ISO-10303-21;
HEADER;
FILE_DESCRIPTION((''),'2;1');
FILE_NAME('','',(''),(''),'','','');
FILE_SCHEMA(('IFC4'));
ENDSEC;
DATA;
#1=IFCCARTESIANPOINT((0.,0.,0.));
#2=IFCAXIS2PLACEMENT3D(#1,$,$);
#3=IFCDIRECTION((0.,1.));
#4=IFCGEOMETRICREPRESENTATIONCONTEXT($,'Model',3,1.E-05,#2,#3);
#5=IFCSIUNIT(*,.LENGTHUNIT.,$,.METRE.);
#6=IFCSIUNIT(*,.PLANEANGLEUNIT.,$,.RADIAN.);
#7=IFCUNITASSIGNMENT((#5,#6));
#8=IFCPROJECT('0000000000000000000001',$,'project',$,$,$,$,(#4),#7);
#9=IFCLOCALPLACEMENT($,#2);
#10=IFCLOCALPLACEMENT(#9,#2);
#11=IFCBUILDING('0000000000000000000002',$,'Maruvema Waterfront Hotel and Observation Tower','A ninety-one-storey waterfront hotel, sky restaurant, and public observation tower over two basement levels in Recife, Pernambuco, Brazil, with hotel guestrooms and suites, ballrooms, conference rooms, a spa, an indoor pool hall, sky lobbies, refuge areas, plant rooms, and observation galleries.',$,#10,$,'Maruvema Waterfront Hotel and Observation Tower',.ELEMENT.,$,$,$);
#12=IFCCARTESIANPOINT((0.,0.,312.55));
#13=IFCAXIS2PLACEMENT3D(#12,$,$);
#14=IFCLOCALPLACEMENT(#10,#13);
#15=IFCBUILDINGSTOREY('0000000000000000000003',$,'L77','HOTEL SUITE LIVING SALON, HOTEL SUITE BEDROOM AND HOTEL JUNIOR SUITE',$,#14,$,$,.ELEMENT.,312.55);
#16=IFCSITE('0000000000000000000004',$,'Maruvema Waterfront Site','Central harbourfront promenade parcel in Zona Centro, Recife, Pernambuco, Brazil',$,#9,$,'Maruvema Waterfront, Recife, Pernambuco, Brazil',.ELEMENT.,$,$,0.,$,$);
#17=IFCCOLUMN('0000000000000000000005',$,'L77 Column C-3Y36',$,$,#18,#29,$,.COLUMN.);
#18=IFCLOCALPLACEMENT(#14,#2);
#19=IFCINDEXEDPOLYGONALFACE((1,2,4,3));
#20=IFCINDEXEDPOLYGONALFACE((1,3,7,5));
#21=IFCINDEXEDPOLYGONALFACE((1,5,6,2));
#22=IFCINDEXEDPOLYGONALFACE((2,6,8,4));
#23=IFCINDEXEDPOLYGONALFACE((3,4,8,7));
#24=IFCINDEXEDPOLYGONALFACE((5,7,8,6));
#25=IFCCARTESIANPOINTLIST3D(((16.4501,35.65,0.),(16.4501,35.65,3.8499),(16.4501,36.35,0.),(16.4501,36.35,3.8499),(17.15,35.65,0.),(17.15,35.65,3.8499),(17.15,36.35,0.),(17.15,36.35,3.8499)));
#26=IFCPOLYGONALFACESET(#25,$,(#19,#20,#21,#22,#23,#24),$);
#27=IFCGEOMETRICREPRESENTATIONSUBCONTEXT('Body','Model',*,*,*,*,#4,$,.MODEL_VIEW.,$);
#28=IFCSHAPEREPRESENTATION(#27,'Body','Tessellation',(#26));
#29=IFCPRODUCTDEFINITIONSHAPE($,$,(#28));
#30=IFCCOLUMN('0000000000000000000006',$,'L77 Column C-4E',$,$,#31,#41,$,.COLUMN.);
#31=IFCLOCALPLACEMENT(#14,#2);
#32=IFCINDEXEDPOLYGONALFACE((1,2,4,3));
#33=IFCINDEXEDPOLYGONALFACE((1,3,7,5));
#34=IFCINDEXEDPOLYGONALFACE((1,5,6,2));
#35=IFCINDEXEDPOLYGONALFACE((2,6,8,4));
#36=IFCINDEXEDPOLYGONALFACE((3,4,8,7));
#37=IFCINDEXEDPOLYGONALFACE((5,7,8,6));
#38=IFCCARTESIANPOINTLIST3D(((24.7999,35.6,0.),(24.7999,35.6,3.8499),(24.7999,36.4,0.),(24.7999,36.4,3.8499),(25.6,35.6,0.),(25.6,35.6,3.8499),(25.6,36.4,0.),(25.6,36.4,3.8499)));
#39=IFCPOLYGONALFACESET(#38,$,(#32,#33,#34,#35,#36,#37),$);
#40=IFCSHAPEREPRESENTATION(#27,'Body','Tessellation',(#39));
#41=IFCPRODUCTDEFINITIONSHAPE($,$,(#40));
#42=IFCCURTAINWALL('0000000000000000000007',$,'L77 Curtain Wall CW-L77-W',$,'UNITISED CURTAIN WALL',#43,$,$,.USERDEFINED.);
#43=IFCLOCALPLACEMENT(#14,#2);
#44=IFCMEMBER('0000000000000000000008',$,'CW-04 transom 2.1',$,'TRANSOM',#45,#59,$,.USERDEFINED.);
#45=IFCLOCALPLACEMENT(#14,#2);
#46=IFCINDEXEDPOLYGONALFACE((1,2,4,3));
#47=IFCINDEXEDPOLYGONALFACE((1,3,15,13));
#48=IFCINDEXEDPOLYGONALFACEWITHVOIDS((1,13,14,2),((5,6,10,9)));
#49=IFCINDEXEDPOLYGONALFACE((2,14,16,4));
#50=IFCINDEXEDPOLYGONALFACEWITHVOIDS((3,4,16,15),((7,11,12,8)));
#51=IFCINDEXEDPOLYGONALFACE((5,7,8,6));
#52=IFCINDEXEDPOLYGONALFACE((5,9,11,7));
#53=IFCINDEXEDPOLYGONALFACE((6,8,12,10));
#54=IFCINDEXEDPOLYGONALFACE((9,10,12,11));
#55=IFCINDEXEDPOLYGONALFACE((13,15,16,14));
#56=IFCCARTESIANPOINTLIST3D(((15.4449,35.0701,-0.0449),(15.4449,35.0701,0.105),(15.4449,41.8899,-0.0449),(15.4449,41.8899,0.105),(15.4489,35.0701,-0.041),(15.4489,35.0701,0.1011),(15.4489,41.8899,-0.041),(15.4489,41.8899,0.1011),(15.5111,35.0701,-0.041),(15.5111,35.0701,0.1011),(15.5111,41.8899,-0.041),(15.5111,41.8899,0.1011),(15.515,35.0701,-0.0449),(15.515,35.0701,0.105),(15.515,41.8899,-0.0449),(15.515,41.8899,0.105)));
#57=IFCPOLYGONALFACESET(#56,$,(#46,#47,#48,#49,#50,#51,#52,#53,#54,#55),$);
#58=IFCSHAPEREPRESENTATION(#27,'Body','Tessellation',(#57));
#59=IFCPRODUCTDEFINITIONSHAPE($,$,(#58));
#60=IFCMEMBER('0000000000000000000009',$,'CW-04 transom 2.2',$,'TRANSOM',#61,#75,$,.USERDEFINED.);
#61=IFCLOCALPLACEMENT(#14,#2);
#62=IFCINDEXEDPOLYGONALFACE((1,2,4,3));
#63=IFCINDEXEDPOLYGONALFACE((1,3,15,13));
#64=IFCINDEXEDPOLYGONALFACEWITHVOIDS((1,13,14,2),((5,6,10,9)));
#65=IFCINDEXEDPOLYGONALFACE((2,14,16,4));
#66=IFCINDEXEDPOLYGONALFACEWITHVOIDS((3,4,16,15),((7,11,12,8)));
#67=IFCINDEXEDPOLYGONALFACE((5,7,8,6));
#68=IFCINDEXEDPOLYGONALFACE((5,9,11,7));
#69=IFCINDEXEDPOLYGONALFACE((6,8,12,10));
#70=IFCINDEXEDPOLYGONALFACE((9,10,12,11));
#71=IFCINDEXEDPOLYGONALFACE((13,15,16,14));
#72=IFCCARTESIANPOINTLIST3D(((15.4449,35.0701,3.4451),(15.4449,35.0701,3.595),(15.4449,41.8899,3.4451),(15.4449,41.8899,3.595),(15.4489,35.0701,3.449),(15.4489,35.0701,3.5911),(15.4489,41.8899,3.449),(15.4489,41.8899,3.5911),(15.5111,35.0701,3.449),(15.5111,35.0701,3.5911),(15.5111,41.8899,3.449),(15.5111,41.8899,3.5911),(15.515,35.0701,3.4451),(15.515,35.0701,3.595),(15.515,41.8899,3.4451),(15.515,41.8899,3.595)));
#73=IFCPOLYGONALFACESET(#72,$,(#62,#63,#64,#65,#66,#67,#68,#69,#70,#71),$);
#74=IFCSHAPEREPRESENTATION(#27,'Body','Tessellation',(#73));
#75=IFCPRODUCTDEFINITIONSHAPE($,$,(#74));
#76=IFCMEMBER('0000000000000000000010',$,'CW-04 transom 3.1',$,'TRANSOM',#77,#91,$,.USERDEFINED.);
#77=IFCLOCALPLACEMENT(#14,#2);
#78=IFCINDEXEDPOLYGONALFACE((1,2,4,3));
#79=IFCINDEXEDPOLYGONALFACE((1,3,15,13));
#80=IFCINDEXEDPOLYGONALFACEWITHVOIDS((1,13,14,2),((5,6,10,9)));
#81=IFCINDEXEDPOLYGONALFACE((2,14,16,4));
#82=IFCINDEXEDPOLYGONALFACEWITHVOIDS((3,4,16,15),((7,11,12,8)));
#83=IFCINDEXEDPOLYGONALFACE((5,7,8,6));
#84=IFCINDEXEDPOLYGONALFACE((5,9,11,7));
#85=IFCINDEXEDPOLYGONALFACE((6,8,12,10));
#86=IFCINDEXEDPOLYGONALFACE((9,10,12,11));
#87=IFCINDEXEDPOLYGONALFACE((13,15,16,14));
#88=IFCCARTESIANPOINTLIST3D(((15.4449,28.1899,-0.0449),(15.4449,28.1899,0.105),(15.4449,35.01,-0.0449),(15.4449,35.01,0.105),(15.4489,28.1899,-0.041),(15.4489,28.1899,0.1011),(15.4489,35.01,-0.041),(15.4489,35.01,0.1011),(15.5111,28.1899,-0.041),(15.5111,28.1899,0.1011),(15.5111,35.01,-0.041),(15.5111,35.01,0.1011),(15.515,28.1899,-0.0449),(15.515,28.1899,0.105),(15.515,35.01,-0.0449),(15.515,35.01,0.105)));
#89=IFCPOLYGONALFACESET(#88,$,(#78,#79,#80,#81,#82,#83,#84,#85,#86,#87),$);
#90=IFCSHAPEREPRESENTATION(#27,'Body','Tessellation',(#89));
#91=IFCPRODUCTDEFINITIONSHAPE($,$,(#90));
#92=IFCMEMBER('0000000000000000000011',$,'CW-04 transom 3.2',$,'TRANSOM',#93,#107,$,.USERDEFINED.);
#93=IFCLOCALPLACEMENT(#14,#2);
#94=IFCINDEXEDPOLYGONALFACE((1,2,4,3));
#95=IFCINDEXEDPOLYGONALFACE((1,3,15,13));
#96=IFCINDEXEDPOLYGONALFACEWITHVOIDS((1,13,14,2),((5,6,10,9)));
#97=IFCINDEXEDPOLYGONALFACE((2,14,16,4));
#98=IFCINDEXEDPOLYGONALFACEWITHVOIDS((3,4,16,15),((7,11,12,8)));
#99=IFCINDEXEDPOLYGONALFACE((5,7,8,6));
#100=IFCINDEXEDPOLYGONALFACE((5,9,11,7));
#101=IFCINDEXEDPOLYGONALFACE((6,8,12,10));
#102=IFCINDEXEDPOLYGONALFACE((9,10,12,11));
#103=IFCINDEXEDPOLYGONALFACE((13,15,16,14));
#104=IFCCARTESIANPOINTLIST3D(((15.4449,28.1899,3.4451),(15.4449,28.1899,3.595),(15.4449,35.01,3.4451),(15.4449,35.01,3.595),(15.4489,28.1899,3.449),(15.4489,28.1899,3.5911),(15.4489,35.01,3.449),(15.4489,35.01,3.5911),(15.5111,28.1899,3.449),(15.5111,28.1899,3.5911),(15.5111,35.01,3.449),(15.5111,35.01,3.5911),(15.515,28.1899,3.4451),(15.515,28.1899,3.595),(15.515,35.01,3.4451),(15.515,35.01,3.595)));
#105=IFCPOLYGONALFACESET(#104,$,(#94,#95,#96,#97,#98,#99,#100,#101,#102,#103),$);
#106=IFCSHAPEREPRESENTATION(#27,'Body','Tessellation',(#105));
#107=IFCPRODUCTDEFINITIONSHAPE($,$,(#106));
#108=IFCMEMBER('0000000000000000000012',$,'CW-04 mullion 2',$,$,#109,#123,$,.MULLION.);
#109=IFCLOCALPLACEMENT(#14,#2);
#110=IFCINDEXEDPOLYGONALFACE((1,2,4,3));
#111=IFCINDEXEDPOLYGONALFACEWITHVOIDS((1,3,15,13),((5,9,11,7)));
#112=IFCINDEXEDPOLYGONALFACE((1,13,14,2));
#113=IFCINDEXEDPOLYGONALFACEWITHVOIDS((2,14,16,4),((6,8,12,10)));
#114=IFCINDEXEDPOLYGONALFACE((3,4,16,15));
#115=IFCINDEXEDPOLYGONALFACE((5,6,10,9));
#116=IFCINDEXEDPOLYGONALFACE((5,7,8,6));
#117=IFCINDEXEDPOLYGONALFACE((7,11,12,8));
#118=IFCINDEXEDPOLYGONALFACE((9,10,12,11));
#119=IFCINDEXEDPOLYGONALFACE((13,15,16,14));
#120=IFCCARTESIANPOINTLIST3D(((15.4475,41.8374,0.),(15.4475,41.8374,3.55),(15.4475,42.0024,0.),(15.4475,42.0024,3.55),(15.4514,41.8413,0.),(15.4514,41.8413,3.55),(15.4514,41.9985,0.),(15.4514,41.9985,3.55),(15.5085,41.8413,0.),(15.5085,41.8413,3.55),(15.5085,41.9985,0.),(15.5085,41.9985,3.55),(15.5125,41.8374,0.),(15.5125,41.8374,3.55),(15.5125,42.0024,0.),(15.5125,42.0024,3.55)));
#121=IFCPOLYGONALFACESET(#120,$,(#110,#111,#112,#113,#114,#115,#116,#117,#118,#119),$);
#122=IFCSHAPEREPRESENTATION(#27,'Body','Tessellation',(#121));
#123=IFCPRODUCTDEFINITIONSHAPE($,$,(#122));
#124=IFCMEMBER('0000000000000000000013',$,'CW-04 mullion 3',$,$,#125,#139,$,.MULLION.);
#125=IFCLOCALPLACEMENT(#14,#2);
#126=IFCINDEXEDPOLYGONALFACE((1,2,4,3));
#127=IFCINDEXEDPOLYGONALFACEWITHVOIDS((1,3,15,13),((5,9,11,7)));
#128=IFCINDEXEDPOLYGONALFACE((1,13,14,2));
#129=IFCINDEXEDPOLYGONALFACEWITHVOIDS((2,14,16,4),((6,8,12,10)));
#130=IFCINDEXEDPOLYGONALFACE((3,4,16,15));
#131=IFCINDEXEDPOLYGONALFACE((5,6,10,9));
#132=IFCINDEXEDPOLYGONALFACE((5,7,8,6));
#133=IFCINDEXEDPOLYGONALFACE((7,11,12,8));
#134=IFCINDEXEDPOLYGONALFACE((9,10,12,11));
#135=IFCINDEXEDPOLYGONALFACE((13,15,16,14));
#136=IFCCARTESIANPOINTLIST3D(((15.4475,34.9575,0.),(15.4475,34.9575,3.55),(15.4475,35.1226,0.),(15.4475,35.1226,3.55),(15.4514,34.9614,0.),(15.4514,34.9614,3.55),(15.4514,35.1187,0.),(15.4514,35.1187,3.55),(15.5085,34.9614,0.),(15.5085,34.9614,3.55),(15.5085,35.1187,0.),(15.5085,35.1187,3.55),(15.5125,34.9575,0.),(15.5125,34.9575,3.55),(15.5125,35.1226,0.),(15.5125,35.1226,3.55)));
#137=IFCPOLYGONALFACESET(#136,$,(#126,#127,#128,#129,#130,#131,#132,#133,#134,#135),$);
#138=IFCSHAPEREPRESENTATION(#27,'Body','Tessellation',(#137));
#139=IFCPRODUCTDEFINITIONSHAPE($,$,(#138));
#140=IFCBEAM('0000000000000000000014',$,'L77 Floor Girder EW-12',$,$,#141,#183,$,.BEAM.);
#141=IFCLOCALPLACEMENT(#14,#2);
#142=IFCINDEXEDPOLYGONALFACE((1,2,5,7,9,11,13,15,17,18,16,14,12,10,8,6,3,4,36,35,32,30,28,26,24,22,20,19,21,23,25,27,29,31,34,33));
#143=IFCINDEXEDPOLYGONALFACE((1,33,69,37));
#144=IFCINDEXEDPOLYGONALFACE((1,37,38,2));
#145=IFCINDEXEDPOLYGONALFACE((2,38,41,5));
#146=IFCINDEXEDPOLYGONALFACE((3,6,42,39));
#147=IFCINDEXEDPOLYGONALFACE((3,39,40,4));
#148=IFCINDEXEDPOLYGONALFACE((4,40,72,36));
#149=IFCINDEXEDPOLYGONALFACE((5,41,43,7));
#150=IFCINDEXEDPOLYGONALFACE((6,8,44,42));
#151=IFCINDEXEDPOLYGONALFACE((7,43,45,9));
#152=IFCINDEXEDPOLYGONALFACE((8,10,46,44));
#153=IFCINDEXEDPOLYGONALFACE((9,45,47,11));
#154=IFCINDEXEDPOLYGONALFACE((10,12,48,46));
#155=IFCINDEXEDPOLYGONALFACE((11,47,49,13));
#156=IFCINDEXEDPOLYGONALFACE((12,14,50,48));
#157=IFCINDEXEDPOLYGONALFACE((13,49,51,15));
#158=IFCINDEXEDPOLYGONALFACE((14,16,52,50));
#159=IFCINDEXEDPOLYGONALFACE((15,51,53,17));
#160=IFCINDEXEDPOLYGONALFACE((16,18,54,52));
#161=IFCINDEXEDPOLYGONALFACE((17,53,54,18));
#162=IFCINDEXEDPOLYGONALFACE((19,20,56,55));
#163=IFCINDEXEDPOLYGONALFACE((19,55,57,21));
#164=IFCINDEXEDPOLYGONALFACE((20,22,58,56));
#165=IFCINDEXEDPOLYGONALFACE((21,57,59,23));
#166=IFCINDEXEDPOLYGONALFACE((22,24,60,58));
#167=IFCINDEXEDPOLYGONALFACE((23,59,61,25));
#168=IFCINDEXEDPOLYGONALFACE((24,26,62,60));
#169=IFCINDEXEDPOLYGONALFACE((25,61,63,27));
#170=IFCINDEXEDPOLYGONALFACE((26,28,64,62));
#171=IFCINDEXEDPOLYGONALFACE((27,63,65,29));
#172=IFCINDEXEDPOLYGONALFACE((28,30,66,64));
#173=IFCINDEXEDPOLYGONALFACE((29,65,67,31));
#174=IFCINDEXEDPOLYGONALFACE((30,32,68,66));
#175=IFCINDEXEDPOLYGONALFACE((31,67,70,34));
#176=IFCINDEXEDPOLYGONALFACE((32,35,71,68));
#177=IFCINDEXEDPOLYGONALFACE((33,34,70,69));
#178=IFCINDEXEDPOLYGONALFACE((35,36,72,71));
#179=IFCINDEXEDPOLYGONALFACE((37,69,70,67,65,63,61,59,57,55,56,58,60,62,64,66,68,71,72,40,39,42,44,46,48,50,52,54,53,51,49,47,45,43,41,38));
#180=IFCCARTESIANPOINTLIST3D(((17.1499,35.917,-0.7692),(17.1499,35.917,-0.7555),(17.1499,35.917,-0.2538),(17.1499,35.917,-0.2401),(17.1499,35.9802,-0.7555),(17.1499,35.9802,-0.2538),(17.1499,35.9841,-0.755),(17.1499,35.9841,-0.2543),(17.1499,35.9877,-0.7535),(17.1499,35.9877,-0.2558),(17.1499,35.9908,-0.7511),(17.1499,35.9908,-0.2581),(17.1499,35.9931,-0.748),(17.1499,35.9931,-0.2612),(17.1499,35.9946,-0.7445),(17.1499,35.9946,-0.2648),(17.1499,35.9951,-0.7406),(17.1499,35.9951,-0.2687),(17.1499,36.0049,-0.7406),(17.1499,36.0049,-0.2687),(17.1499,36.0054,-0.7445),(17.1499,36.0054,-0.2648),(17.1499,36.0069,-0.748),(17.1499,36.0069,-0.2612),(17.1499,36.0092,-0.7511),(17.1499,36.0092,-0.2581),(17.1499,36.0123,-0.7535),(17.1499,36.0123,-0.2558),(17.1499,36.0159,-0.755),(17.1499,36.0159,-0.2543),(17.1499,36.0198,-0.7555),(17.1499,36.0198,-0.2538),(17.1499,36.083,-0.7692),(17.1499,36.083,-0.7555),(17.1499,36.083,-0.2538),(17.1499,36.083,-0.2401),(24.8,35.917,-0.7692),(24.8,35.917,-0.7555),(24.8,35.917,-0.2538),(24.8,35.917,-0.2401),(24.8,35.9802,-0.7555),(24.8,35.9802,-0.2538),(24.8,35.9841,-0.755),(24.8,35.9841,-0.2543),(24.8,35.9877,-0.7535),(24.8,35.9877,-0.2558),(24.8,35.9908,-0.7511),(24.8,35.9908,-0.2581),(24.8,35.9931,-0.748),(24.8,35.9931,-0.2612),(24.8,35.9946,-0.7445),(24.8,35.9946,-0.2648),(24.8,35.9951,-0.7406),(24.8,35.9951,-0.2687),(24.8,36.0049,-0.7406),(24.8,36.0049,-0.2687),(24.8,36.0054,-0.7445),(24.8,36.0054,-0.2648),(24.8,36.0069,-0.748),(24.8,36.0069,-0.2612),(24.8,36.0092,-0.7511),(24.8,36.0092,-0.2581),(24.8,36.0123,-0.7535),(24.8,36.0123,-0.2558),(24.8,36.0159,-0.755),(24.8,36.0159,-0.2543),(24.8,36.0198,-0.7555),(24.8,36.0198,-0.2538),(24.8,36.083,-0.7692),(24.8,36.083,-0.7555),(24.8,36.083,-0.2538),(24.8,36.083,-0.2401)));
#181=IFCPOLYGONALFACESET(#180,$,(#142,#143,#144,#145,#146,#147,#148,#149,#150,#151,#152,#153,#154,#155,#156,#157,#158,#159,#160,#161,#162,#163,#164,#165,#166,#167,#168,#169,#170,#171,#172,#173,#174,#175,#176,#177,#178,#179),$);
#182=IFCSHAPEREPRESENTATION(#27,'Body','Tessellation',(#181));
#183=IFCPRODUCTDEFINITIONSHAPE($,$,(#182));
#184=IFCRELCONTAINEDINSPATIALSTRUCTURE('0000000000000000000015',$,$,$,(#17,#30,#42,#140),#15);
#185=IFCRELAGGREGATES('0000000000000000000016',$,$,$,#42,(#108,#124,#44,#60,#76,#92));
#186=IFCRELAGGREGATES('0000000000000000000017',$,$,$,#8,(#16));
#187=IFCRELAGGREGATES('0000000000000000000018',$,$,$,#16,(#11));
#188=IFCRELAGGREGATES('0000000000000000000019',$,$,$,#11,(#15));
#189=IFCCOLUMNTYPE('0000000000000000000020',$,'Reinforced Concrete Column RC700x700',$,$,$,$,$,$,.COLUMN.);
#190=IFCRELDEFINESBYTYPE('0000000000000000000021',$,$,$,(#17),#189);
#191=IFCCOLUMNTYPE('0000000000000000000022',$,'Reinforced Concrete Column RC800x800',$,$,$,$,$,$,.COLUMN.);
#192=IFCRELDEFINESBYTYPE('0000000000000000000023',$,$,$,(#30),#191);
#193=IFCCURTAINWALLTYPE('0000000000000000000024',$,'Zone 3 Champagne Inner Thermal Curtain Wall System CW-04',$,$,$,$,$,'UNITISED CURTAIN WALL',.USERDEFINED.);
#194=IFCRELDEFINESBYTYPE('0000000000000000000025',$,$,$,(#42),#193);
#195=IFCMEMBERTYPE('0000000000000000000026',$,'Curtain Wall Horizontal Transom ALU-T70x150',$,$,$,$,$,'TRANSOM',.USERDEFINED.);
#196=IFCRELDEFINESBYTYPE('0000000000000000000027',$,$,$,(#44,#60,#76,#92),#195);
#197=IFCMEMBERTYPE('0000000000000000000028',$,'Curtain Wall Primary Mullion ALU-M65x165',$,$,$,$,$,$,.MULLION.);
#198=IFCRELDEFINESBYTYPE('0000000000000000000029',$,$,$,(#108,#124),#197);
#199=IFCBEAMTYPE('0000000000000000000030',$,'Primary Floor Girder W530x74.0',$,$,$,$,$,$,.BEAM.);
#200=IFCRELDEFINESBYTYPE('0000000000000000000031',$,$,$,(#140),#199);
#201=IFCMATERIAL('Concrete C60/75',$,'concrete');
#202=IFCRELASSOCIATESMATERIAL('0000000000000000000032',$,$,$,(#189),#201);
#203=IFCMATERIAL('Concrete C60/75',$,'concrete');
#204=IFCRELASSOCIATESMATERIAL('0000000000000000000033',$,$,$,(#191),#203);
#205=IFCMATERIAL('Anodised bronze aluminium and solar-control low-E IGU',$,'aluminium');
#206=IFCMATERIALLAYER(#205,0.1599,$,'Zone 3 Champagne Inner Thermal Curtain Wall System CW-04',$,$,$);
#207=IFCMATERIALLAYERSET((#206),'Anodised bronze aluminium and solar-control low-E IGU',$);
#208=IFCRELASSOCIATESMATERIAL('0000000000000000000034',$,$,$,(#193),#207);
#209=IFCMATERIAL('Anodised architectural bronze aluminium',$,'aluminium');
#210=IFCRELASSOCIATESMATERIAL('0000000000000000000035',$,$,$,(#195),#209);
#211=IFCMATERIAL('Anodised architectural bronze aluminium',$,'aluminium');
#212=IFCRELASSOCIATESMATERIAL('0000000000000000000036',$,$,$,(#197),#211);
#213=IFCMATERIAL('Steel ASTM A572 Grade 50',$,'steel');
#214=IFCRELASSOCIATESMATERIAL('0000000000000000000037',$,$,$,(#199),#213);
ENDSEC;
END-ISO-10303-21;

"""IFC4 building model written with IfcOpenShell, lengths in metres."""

from ifc_helpers import new_model, si_unit, direction, frame, origin, origin_2d, place, context, subcontext, project, spatial, rectangle, hollow_rectangle, i_section, extrude, material, layer, layer_set, material_profile, profile_set, type_object, element, aggregate, save


model = new_model("IFC4")

# Units and contexts
model_context = context("Model", 3, precision=1e-05, world=origin(), true_north=direction((0.0, 1.0)))
body_context = subcontext(model_context, "Body", "Model", "MODEL_VIEW")
ifc_project = project(units=[si_unit("LENGTHUNIT", "METRE"), si_unit("PLANEANGLEUNIT", "RADIAN")], contexts=[model_context])

# Site, building, storey
site_placement = place(None, origin())
site = spatial("IfcSite", under=ifc_project, at=site_placement, Name="Maruvema Waterfront Site", Description="Central harbourfront promenade parcel in Zona Centro, Recife, Pernambuco, Brazil", LongName="Maruvema Waterfront, Recife, Pernambuco, Brazil", CompositionType="ELEMENT", RefElevation=0.0)
building_placement = place(site_placement, origin())
building = spatial("IfcBuilding", under=site, at=building_placement, Name="Maruvema Waterfront Hotel and Observation Tower", Description="A ninety-one-storey waterfront hotel, sky restaurant, and public observation tower over two basement levels in Recife, Pernambuco, Brazil, with hotel guestrooms and suites, ballrooms, conference rooms, a spa, an indoor pool hall, sky lobbies, refuge areas, plant rooms, and observation galleries.", LongName="Maruvema Waterfront Hotel and Observation Tower", CompositionType="ELEMENT")
storey_placement = place(building_placement, frame((0.0, 0.0, 312.55)))
storey = spatial("IfcBuildingStorey", under=building, at=storey_placement, Name="L77", Description="HOTEL SUITE LIVING SALON, HOTEL SUITE BEDROOM AND HOTEL JUNIOR SUITE", CompositionType="ELEMENT", Elevation=312.55)

# Columns
ifc_material_1 = material(Name="Concrete C60/75", Category="concrete")
ifc_material_profile_1 = material_profile(ifc_material_1, rectangle(XDim=0.7, YDim=0.7, at=origin_2d()), Name="RC700x700")
ifc_profile_set_1 = profile_set([ifc_material_profile_1], Name="Concrete C60/75")
column_type_1 = type_object("IfcColumnType", Name="Reinforced Concrete Column RC700x700", PredefinedType="COLUMN", material=ifc_profile_set_1)
column_1_placement = place(storey_placement, frame((16.8, 36.0, 0.0), z_axis=(0.0, 0.0, 1.0), x_axis=(1.0, 0.0, 0.0)))
element("IfcColumn", 1, at=column_1_placement, inside=storey, type_object=column_type_1, Name="L77 Column C-3Y36", PredefinedType="COLUMN", context=body_context, shape_type="SweptSolid", body=[
    extrude(rectangle(XDim=0.7, YDim=0.7, at=origin_2d()), origin(), (0.0, 0.0, 1.0), 3.8499),
])
ifc_material_2 = material(Name="Concrete C60/75", Category="concrete")
ifc_material_profile_2 = material_profile(ifc_material_2, rectangle(XDim=0.8, YDim=0.8, at=origin_2d()), Name="RC800x800")
ifc_profile_set_2 = profile_set([ifc_material_profile_2], Name="Concrete C60/75")
column_type_2 = type_object("IfcColumnType", Name="Reinforced Concrete Column RC800x800", PredefinedType="COLUMN", material=ifc_profile_set_2)
column_2_placement = place(storey_placement, frame((25.2, 36.0, 0.0), z_axis=(0.0, 0.0, 1.0), x_axis=(1.0, 0.0, 0.0)))
element("IfcColumn", 2, at=column_2_placement, inside=storey, type_object=column_type_2, Name="L77 Column C-4E", PredefinedType="COLUMN", context=body_context, shape_type="SweptSolid", body=[
    extrude(rectangle(XDim=0.8, YDim=0.8, at=origin_2d()), origin(), (0.0, 0.0, 1.0), 3.8499),
])

# Curtain wall, members
ifc_material_3 = material(Name="Anodised bronze aluminium and solar-control low-E IGU", Category="aluminium")
ifc_layer_1 = layer(ifc_material_3, 0.1599, Name="Zone 3 Champagne Inner Thermal Curtain Wall System CW-04")
ifc_layer_set_1 = layer_set([ifc_layer_1], Name="Anodised bronze aluminium and solar-control low-E IGU")
curtain_wall_type = type_object("IfcCurtainWallType", Name="Zone 3 Champagne Inner Thermal Curtain Wall System CW-04", ElementType="UNITISED CURTAIN WALL", PredefinedType="USERDEFINED", material=ifc_layer_set_1)
curtain_wall_placement = place(storey_placement, origin())
curtain_wall = element("IfcCurtainWall", 3, at=curtain_wall_placement, inside=storey, type_object=curtain_wall_type, Name="L77 Curtain Wall CW-L77-W", ObjectType="UNITISED CURTAIN WALL", PredefinedType="USERDEFINED")
ifc_material_4 = material(Name="Anodised architectural bronze aluminium", Category="aluminium")
ifc_material_profile_3 = material_profile(ifc_material_4, hollow_rectangle(XDim=0.0701, YDim=0.1499, WallThickness=0.0039, at=origin_2d()), Name="ALU-T70x150")
ifc_profile_set_3 = profile_set([ifc_material_profile_3], Name="Anodised architectural bronze aluminium")
member_type_1 = type_object("IfcMemberType", Name="Curtain Wall Horizontal Transom ALU-T70x150", ElementType="TRANSOM", PredefinedType="USERDEFINED", material=ifc_profile_set_3)
member_1_placement = place(storey_placement, frame((15.48, 41.8899, 0.03), z_axis=(0.0, -1.0, 0.0), x_axis=(1.0, 0.0, 0.0)))
member_1 = element("IfcMember", 4, at=member_1_placement, type_object=member_type_1, Name="CW-04 transom 2.1", ObjectType="TRANSOM", PredefinedType="USERDEFINED", context=body_context, shape_type="SweptSolid", body=[
    extrude(hollow_rectangle(XDim=0.0701, YDim=0.1499, WallThickness=0.0039, at=origin_2d()), origin(), (0.0, 0.0, 1.0), 6.8198),
])
member_2_placement = place(storey_placement, frame((15.48, 41.8899, 3.52), z_axis=(0.0, -1.0, 0.0), x_axis=(1.0, 0.0, 0.0)))
member_2 = element("IfcMember", 5, at=member_2_placement, type_object=member_type_1, Name="CW-04 transom 2.2", ObjectType="TRANSOM", PredefinedType="USERDEFINED", context=body_context, shape_type="SweptSolid", body=[
    extrude(hollow_rectangle(XDim=0.0701, YDim=0.1499, WallThickness=0.0039, at=origin_2d()), origin(), (0.0, 0.0, 1.0), 6.8198),
])
member_3_placement = place(storey_placement, frame((15.48, 35.01, 0.03), z_axis=(0.0, -1.0, 0.0), x_axis=(1.0, 0.0, 0.0)))
member_3 = element("IfcMember", 6, at=member_3_placement, type_object=member_type_1, Name="CW-04 transom 3.1", ObjectType="TRANSOM", PredefinedType="USERDEFINED", context=body_context, shape_type="SweptSolid", body=[
    extrude(hollow_rectangle(XDim=0.0701, YDim=0.1499, WallThickness=0.0039, at=origin_2d()), origin(), (0.0, 0.0, 1.0), 6.8201),
])
member_4_placement = place(storey_placement, frame((15.48, 35.01, 3.52), z_axis=(0.0, -1.0, 0.0), x_axis=(1.0, 0.0, 0.0)))
member_4 = element("IfcMember", 7, at=member_4_placement, type_object=member_type_1, Name="CW-04 transom 3.2", ObjectType="TRANSOM", PredefinedType="USERDEFINED", context=body_context, shape_type="SweptSolid", body=[
    extrude(hollow_rectangle(XDim=0.0701, YDim=0.1499, WallThickness=0.0039, at=origin_2d()), origin(), (0.0, 0.0, 1.0), 6.8201),
])
ifc_material_5 = material(Name="Anodised architectural bronze aluminium", Category="aluminium")
ifc_material_profile_4 = material_profile(ifc_material_5, hollow_rectangle(XDim=0.0649, YDim=0.165, WallThickness=0.0039, at=origin_2d()), Name="ALU-M65x165")
ifc_profile_set_4 = profile_set([ifc_material_profile_4], Name="Anodised architectural bronze aluminium")
member_type_2 = type_object("IfcMemberType", Name="Curtain Wall Primary Mullion ALU-M65x165", PredefinedType="MULLION", material=ifc_profile_set_4)
member_5_placement = place(storey_placement, frame((15.48, 41.9199, 0.0), z_axis=(0.0, 0.0, 1.0), x_axis=(1.0, 0.0, 0.0)))
member_5 = element("IfcMember", 8, at=member_5_placement, type_object=member_type_2, Name="CW-04 mullion 2", PredefinedType="MULLION", context=body_context, shape_type="SweptSolid", body=[
    extrude(hollow_rectangle(XDim=0.0649, YDim=0.165, WallThickness=0.0039, at=origin_2d()), origin(), (0.0, 0.0, 1.0), 3.55),
])
member_6_placement = place(storey_placement, frame((15.48, 35.04, 0.0), z_axis=(0.0, 0.0, 1.0), x_axis=(1.0, 0.0, 0.0)))
member_6 = element("IfcMember", 9, at=member_6_placement, type_object=member_type_2, Name="CW-04 mullion 3", PredefinedType="MULLION", context=body_context, shape_type="SweptSolid", body=[
    extrude(hollow_rectangle(XDim=0.0649, YDim=0.165, WallThickness=0.0039, at=origin_2d()), origin(), (0.0, 0.0, 1.0), 3.55),
])

# Beam
ifc_material_6 = material(Name="Steel ASTM A572 Grade 50", Category="steel")
ifc_material_profile_5 = material_profile(ifc_material_6, i_section(OverallWidth=0.166, OverallDepth=0.5291, WebThickness=0.0098, FlangeThickness=0.0137, FilletRadius=0.0149, at=origin_2d()), Name="W530x74.0")
ifc_profile_set_5 = profile_set([ifc_material_profile_5], Name="Steel ASTM A572 Grade 50")
beam_type_1 = type_object("IfcBeamType", Name="Primary Floor Girder W530x74.0", PredefinedType="BEAM", material=ifc_profile_set_5)
beam_1_placement = place(storey_placement, frame((17.1499, 36.0, -0.5046), z_axis=(1.0, 0.0, 0.0), x_axis=(0.0, 1.0, 0.0)))
element("IfcBeam", 10, at=beam_1_placement, inside=storey, type_object=beam_type_1, Name="L77 Floor Girder EW-12", PredefinedType="BEAM", context=body_context, shape_type="SweptSolid", body=[
    extrude(i_section(OverallWidth=0.166, OverallDepth=0.5291, WebThickness=0.0098, FlangeThickness=0.0137, FilletRadius=0.0149, at=origin_2d()), origin(), (0.0, 0.0, 1.0), 7.6501),
])

aggregate(curtain_wall, [member_5, member_6, member_1, member_2, member_3, member_4])

save(model, "model.ifc")
